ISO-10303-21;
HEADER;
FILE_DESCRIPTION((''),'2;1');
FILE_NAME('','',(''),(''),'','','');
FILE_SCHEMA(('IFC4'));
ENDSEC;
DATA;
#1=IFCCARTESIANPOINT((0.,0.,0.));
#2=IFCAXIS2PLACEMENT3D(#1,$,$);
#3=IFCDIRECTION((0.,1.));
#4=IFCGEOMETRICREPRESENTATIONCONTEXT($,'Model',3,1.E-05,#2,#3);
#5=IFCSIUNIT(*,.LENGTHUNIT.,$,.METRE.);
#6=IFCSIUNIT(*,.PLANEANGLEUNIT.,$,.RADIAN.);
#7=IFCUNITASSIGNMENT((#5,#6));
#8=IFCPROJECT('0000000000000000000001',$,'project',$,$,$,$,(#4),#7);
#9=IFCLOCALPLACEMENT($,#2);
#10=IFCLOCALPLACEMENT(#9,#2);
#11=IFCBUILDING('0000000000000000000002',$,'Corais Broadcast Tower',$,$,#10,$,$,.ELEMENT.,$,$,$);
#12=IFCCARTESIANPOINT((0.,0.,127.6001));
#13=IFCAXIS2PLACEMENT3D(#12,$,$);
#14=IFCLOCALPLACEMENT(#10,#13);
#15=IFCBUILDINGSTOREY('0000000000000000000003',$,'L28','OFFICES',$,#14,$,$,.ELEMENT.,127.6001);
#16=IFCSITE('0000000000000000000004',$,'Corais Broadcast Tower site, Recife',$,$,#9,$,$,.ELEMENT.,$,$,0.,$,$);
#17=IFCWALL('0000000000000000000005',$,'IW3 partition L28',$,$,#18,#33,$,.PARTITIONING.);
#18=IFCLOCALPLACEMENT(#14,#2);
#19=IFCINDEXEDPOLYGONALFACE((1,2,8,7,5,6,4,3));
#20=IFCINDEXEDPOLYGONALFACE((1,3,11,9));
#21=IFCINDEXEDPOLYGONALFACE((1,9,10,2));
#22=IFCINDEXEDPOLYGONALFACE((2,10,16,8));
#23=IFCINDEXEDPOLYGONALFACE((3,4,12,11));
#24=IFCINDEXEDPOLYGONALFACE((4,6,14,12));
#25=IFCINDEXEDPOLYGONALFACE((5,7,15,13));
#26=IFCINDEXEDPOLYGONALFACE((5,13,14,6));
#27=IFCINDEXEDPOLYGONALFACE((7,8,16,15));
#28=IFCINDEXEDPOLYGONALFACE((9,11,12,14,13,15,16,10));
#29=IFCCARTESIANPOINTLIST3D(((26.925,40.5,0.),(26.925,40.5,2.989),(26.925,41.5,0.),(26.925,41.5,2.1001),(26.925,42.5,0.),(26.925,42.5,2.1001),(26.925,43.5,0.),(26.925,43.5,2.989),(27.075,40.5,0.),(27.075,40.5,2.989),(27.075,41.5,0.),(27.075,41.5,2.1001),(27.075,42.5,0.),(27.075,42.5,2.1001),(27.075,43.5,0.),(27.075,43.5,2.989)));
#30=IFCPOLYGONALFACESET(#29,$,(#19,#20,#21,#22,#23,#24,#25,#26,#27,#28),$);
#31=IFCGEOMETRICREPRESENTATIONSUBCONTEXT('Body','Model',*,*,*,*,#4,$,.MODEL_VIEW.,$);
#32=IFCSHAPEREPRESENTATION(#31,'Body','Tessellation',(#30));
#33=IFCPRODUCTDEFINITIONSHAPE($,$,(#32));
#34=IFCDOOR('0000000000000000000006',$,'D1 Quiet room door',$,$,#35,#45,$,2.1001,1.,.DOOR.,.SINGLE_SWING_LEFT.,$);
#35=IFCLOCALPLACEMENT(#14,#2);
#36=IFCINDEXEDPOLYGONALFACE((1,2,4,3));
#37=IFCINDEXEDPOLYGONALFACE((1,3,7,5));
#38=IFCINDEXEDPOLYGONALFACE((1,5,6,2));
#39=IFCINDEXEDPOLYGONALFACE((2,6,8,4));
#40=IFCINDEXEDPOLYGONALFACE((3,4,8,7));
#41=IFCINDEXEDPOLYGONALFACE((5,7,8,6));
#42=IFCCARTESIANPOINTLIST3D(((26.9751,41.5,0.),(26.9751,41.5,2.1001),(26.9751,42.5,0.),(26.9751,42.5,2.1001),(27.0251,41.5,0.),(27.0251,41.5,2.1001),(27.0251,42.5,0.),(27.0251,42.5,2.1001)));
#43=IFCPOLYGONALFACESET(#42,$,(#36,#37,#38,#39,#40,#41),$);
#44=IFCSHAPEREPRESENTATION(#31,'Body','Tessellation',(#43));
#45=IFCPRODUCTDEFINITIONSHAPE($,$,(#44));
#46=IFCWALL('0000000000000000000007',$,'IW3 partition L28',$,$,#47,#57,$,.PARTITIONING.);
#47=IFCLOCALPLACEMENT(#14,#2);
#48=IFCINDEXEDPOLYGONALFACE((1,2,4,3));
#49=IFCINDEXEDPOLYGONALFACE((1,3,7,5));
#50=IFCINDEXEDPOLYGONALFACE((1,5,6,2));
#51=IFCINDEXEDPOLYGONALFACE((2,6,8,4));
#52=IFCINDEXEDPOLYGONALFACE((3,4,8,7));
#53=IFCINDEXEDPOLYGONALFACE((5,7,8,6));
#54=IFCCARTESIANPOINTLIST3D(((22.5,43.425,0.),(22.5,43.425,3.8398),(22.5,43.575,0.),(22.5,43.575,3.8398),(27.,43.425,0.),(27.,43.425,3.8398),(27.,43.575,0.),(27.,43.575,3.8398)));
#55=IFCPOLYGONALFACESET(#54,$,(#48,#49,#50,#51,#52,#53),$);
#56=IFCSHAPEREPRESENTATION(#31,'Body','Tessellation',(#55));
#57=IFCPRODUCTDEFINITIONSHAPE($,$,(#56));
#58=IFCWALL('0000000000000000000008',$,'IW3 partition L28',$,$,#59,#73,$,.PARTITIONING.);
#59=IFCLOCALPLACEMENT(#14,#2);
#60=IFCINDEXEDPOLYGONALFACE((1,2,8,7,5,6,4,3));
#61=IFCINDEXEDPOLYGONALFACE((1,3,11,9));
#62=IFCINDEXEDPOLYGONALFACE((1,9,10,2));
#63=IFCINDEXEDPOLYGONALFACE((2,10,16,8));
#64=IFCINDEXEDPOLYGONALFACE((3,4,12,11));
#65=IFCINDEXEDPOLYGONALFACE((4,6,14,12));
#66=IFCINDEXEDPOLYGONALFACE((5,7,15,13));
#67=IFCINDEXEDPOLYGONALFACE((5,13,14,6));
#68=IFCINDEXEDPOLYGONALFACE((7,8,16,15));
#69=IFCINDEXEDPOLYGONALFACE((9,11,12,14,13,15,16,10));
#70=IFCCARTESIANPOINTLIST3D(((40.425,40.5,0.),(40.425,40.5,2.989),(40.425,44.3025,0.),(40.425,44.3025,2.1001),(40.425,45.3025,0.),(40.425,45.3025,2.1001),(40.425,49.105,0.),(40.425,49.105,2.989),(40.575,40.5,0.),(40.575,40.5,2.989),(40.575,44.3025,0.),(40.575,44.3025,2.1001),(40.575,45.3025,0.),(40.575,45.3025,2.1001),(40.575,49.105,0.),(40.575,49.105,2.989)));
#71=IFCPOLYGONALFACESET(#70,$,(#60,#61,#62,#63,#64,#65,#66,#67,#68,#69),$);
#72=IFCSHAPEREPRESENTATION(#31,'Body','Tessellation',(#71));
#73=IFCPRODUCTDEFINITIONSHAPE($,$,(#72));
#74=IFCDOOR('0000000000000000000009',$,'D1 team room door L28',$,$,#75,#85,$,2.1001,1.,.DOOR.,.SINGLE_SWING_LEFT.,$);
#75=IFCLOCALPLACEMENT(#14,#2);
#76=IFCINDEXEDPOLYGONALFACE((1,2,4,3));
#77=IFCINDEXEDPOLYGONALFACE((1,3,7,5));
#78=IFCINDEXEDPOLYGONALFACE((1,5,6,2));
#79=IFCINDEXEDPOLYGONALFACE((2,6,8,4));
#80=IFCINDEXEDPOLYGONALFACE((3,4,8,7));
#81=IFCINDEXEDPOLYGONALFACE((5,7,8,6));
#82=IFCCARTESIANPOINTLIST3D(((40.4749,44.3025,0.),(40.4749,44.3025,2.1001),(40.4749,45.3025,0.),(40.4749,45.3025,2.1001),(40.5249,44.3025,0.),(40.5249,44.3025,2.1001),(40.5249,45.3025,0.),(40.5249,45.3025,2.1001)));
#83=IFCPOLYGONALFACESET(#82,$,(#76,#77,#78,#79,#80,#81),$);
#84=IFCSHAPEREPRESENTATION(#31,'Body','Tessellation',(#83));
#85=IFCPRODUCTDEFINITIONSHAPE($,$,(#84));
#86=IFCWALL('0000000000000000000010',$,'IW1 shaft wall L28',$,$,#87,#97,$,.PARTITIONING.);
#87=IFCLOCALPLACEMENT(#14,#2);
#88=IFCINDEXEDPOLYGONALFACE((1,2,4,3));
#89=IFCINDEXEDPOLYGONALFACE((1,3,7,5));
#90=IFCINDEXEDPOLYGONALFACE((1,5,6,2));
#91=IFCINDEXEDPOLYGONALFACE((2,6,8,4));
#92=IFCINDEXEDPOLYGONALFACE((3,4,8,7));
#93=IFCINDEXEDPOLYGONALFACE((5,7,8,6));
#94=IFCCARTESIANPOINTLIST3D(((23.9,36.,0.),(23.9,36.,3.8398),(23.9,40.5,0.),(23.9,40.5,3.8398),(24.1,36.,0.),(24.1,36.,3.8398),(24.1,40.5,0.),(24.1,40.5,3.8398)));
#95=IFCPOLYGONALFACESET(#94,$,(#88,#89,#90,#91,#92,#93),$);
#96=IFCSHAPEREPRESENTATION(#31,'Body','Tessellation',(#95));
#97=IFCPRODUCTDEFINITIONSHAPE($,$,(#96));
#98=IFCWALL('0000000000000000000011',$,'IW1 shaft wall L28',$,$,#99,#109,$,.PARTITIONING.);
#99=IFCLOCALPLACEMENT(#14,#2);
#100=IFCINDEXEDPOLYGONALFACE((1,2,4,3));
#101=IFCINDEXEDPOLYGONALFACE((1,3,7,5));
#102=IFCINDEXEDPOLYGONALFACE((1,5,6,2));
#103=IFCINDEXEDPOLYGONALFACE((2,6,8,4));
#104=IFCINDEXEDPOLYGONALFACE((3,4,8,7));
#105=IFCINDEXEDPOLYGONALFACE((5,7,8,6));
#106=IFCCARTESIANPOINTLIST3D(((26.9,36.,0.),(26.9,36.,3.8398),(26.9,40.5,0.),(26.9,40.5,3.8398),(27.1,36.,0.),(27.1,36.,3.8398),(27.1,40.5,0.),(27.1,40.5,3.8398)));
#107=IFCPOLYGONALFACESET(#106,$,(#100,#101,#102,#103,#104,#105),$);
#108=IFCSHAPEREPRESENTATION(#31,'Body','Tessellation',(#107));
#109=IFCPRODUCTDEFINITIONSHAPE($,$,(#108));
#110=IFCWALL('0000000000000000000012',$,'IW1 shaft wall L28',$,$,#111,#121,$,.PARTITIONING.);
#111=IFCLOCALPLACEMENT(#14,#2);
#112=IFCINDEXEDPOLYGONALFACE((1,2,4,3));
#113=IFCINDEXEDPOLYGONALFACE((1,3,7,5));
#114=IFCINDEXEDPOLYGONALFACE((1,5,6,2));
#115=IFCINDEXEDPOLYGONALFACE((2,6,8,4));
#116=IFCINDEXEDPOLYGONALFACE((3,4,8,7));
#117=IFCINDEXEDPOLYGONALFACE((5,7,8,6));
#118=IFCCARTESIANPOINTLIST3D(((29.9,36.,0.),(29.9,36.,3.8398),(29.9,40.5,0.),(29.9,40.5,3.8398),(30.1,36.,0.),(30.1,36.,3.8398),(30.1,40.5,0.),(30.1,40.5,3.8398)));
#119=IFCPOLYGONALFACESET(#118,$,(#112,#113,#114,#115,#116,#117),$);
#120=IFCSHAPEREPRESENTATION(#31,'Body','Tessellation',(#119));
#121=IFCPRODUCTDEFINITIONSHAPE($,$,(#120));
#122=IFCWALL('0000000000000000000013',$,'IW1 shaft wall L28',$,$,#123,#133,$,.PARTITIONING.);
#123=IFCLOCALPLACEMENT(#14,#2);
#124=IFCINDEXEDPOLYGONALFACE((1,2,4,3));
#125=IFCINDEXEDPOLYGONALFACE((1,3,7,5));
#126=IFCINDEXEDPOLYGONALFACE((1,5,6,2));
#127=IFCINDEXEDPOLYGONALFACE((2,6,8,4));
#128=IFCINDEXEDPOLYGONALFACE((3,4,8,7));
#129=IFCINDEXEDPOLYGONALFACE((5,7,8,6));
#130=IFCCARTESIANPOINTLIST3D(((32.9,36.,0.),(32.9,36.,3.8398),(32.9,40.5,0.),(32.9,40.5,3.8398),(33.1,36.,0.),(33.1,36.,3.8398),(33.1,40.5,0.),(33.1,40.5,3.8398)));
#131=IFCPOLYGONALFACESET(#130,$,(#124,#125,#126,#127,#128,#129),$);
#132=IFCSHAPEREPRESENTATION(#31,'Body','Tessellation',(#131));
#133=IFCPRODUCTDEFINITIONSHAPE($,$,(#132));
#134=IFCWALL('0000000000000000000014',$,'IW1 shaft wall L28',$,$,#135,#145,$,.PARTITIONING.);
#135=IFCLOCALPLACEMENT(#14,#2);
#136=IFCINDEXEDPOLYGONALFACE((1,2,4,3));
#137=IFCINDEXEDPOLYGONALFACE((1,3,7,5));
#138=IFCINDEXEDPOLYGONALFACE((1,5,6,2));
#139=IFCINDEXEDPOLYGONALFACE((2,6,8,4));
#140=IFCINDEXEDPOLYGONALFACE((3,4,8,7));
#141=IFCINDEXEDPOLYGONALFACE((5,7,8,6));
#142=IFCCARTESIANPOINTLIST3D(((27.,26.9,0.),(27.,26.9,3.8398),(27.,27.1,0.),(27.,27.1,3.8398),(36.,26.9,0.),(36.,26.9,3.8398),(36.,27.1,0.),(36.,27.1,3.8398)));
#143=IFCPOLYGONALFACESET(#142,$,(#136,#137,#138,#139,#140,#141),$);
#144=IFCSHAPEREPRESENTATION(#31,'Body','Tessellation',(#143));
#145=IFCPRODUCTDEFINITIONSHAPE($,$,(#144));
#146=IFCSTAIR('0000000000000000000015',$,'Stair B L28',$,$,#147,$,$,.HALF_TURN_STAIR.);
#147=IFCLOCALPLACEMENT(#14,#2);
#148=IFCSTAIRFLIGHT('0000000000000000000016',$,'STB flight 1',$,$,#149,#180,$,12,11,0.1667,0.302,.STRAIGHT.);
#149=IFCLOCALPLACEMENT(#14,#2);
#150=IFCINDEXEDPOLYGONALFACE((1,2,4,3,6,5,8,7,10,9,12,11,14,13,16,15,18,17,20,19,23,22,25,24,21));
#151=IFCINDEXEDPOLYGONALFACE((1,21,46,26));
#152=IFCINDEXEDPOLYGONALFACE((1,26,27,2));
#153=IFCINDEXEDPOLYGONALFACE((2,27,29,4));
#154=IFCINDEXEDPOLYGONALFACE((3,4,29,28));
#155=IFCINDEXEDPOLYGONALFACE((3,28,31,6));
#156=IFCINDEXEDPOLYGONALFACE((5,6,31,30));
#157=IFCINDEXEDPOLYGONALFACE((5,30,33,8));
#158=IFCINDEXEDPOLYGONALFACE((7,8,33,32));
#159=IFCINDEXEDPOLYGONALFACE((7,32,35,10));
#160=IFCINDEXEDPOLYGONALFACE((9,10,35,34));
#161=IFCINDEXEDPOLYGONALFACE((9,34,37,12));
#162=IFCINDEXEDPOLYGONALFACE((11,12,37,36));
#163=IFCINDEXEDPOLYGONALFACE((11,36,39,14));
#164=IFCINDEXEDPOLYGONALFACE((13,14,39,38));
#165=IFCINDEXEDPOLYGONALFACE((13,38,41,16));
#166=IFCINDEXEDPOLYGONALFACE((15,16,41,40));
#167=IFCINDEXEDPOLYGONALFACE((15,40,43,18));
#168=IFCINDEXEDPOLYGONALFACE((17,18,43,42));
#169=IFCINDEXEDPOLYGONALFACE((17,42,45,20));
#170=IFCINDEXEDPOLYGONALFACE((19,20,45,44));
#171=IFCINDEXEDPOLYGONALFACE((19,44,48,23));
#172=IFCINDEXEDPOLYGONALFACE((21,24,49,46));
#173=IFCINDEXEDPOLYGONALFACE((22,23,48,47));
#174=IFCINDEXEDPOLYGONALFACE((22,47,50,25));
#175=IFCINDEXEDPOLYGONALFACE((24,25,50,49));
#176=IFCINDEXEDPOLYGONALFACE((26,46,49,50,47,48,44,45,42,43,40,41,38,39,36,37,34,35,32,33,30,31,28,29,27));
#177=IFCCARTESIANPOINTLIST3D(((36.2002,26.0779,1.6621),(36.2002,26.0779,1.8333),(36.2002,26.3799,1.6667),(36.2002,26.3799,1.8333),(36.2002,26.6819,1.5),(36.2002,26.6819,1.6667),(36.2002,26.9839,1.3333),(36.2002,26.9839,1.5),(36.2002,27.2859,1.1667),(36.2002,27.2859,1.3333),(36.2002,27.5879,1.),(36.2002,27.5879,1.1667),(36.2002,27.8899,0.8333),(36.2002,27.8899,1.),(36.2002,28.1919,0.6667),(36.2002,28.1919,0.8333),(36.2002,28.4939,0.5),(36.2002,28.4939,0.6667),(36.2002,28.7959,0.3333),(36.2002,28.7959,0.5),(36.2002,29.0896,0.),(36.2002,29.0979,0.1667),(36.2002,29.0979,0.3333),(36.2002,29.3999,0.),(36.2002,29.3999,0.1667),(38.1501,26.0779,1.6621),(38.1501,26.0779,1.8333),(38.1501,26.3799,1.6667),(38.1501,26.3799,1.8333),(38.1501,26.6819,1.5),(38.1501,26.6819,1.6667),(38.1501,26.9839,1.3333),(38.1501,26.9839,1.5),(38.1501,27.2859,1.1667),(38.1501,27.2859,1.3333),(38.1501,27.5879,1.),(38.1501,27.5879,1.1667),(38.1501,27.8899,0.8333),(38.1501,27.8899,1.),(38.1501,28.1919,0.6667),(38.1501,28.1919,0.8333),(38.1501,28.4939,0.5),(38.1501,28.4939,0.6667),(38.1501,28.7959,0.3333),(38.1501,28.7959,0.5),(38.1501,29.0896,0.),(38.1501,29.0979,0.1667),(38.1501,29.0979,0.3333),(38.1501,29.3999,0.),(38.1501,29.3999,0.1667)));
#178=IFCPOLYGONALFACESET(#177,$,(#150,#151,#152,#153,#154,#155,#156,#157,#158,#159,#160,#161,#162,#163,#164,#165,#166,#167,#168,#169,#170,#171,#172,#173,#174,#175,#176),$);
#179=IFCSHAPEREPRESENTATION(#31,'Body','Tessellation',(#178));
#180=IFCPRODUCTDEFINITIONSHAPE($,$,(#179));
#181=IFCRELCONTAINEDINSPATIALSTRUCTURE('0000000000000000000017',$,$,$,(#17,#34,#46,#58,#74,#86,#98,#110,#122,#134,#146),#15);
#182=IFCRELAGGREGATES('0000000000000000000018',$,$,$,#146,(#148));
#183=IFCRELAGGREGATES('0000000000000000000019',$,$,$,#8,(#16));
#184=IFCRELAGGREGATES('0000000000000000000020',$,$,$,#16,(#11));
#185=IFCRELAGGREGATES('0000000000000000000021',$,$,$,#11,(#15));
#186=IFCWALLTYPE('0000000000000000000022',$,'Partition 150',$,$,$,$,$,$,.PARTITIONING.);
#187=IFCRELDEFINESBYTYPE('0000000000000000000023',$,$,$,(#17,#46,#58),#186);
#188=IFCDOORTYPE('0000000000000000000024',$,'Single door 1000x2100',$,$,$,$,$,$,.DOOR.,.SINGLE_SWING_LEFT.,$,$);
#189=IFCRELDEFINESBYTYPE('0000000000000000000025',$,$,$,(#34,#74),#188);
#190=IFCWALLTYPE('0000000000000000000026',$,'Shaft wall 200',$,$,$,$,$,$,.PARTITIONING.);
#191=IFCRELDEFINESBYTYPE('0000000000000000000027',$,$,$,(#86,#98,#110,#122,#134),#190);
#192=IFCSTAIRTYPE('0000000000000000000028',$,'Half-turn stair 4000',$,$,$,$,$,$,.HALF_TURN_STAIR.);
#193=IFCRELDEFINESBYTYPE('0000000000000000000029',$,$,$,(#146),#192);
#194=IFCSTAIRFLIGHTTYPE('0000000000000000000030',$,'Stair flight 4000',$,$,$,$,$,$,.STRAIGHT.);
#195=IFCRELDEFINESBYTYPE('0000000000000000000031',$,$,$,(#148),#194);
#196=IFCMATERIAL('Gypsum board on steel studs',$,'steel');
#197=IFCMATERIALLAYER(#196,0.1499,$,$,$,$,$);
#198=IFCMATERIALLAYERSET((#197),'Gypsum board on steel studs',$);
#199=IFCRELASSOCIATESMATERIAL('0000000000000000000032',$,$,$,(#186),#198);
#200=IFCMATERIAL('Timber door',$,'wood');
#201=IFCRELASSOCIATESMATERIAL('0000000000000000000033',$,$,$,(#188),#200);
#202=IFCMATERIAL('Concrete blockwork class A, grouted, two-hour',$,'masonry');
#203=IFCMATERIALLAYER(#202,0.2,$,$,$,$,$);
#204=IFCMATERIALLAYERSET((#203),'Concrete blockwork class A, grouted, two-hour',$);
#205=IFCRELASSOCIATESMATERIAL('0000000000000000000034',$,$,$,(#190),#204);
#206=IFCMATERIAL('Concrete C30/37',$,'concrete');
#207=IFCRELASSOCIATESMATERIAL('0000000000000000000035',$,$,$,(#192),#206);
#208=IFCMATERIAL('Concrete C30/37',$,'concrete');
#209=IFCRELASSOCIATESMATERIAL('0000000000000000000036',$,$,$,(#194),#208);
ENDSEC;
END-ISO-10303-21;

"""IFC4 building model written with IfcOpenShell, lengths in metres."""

from ifc_helpers import new_model, si_unit, direction, frame, frame_2d, origin, place, context, subcontext, project, spatial, polyline, rectangle, outline, extrude, material, layer, layer_set, type_object, element, fill, aggregate, save


model = new_model("IFC4")

# Units and contexts
model_context = context("Model", 3, precision=1e-05, world=origin(), true_north=direction((0.0, 1.0)))
body_context = subcontext(model_context, "Body", "Model", "MODEL_VIEW")
ifc_project = project(units=[si_unit("LENGTHUNIT", "METRE"), si_unit("PLANEANGLEUNIT", "RADIAN")], contexts=[model_context])

# Site, building, storey
site_placement = place(None, origin())
site = spatial("IfcSite", under=ifc_project, at=site_placement, Name="Corais Broadcast Tower site, Recife", CompositionType="ELEMENT", RefElevation=0.0)
building_placement = place(site_placement, origin())
building = spatial("IfcBuilding", under=site, at=building_placement, Name="Corais Broadcast Tower", CompositionType="ELEMENT")
storey_placement = place(building_placement, frame((0.0, 0.0, 127.6001)))
storey = spatial("IfcBuildingStorey", under=building, at=storey_placement, Name="L28", Description="OFFICES", CompositionType="ELEMENT", Elevation=127.6001)

# Shared definitions
ifc_material_1 = material(Name="Gypsum board on steel studs", Category="steel")
ifc_layer_1 = layer(ifc_material_1, 0.1499)
ifc_layer_set_1 = layer_set([ifc_layer_1], Name="Gypsum board on steel studs")
wall_type_1 = type_object("IfcWallType", Name="Partition 150", PredefinedType="PARTITIONING", material=ifc_layer_set_1)

# Wall, opening, door
ifc_material_2 = material(Name="Timber door", Category="wood")
door_type = type_object("IfcDoorType", Name="Single door 1000x2100", OperationType="SINGLE_SWING_LEFT", PredefinedType="DOOR", material=ifc_material_2)
wall_1_placement = place(storey_placement, frame((27.0, 40.5, 0.0), z_axis=(0.0, 0.0, 1.0), x_axis=(0.0, 1.0, 0.0)))
wall_1 = element("IfcWall", 1, at=wall_1_placement, inside=storey, type_object=wall_type_1, Name="IW3 partition L28", PredefinedType="PARTITIONING", context=body_context, shape_type="SweptSolid", body=[
    extrude(rectangle(XDim=3.0, YDim=0.1499, at=frame_2d((1.5, 0.0))), origin(), (0.0, 0.0, 1.0), 2.989),
])
opening_1_placement = place(wall_1_placement, frame((1.0, 0.0, 0.0)))
opening_1 = element("IfcOpeningElement", 2, at=opening_1_placement, cuts=wall_1, PredefinedType="OPENING", context=body_context, shape_type="SweptSolid", body=[
    extrude(rectangle(XDim=1.0, YDim=2.1001, at=frame_2d((0.5, 1.05))), frame((0.0, 0.085, 0.0), z_axis=(0.0, -1.0, 0.0), x_axis=(1.0, 0.0, 0.0)), (0.0, 0.0, 1.0), 0.1699),
])
door_1_placement = place(opening_1_placement, origin())
door_1 = element("IfcDoor", 3, at=door_1_placement, inside=storey, type_object=door_type, Name="D1 Quiet room door", OperationType="SINGLE_SWING_LEFT", OverallHeight=2.1001, OverallWidth=1.0, PredefinedType="DOOR", context=body_context, shape_type="SweptSolid", body=[
    extrude(rectangle(XDim=1.0, YDim=2.1001, at=frame_2d((0.5, 1.05))), frame((0.0, 0.0249, 0.0), z_axis=(0.0, -1.0, 0.0), x_axis=(1.0, 0.0, 0.0)), (0.0, 0.0, 1.0), 0.05),
])
fill(opening_1, door_1)

# Wall
wall_2_placement = place(storey_placement, frame((27.0, 43.5, 0.0), z_axis=(0.0, 0.0, 1.0), x_axis=(-1.0, 0.0, 0.0)))
element("IfcWall", 4, at=wall_2_placement, inside=storey, type_object=wall_type_1, Name="IW3 partition L28", PredefinedType="PARTITIONING", context=body_context, shape_type="SweptSolid", body=[
    extrude(rectangle(XDim=4.5, YDim=0.1499, at=frame_2d((2.25, 0.0))), origin(), (0.0, 0.0, 1.0), 3.8398),
])

# Wall, opening, door
wall_3_placement = place(storey_placement, frame((40.5, 49.105, 0.0), z_axis=(0.0, 0.0, 1.0), x_axis=(0.0, -1.0, 0.0)))
wall_3 = element("IfcWall", 5, at=wall_3_placement, inside=storey, type_object=wall_type_1, Name="IW3 partition L28", PredefinedType="PARTITIONING", context=body_context, shape_type="SweptSolid", body=[
    extrude(rectangle(XDim=8.605, YDim=0.1499, at=frame_2d((4.3025, 0.0))), origin(), (0.0, 0.0, 1.0), 2.989),
])
opening_2_placement = place(wall_3_placement, frame((3.8025, 0.0, 0.0)))
opening_2 = element("IfcOpeningElement", 6, at=opening_2_placement, cuts=wall_3, PredefinedType="OPENING", context=body_context, shape_type="SweptSolid", body=[
    extrude(rectangle(XDim=1.0, YDim=2.1001, at=frame_2d((0.5, 1.05))), frame((0.0, 0.085, 0.0), z_axis=(0.0, -1.0, 0.0), x_axis=(1.0, 0.0, 0.0)), (0.0, 0.0, 1.0), 0.1699),
])
door_2_placement = place(opening_2_placement, origin())
door_2 = element("IfcDoor", 7, at=door_2_placement, inside=storey, type_object=door_type, Name="D1 team room door L28", OperationType="SINGLE_SWING_LEFT", OverallHeight=2.1001, OverallWidth=1.0, PredefinedType="DOOR", context=body_context, shape_type="SweptSolid", body=[
    extrude(rectangle(XDim=1.0, YDim=2.1001, at=frame_2d((0.5, 1.05))), frame((0.0, 0.0249, 0.0), z_axis=(0.0, -1.0, 0.0), x_axis=(1.0, 0.0, 0.0)), (0.0, 0.0, 1.0), 0.05),
])
fill(opening_2, door_2)

# Walls
ifc_material_3 = material(Name="Concrete blockwork class A, grouted, two-hour", Category="masonry")
ifc_layer_2 = layer(ifc_material_3, 0.2)
ifc_layer_set_2 = layer_set([ifc_layer_2], Name="Concrete blockwork class A, grouted, two-hour")
wall_type_2 = type_object("IfcWallType", Name="Shaft wall 200", PredefinedType="PARTITIONING", material=ifc_layer_set_2)
for number, where, z_axis, x_axis, name in (
    (8, (24.0, 36.0, 0.0), (0.0, 0.0, 1.0), (0.0, 1.0, 0.0), "IW1 shaft wall L28"),
    (9, (27.0, 36.0, 0.0), (0.0, 0.0, 1.0), (0.0, 1.0, 0.0), "IW1 shaft wall L28"),
    (10, (30.0, 36.0, 0.0), (0.0, 0.0, 1.0), (0.0, 1.0, 0.0), "IW1 shaft wall L28"),
    (11, (33.0, 36.0, 0.0), (0.0, 0.0, 1.0), (0.0, 1.0, 0.0), "IW1 shaft wall L28"),
):
    element("IfcWall", number, at=place(storey_placement, frame(where, z_axis=z_axis, x_axis=x_axis)), inside=storey, type_object=wall_type_2, Name=name, PredefinedType="PARTITIONING", context=body_context, shape_type="SweptSolid", body=[
        extrude(rectangle(XDim=4.5, YDim=0.2, at=frame_2d((2.25, 0.0))), origin(), (0.0, 0.0, 1.0), 3.8398),
    ])
wall_4_placement = place(storey_placement, frame((27.0, 27.0, 0.0), z_axis=(0.0, 0.0, 1.0), x_axis=(1.0, 0.0, 0.0)))
element("IfcWall", 12, at=wall_4_placement, inside=storey, type_object=wall_type_2, Name="IW1 shaft wall L28", PredefinedType="PARTITIONING", context=body_context, shape_type="SweptSolid", body=[
    extrude(rectangle(XDim=9.0, YDim=0.2, at=frame_2d((4.5, 0.0))), origin(), (0.0, 0.0, 1.0), 3.8398),
])

# Stair, stair flight
ifc_material_4 = material(Name="Concrete C30/37", Category="concrete")
stair_type = type_object("IfcStairType", Name="Half-turn stair 4000", PredefinedType="HALF_TURN_STAIR", material=ifc_material_4)
stair_placement = place(storey_placement, origin())
stair = element("IfcStair", 13, at=stair_placement, inside=storey, type_object=stair_type, Name="Stair B L28", PredefinedType="HALF_TURN_STAIR")
ifc_material_5 = material(Name="Concrete C30/37", Category="concrete")
stair_flight_type = type_object("IfcStairFlightType", Name="Stair flight 4000", PredefinedType="STRAIGHT", material=ifc_material_5)
stair_flight_placement = place(storey_placement, frame((37.175, 29.3999, 0.0), z_axis=(0.0, 0.0, 1.0), x_axis=(0.0, -1.0, 0.0)))
stair_flight = element("IfcStairFlight", 14, at=stair_flight_placement, type_object=stair_flight_type, Name="STB flight 1", NumberOfRisers=12, NumberOfTreads=11, PredefinedType="STRAIGHT", RiserHeight=0.1667, TreadLength=0.302, context=body_context, shape_type="SweptSolid", body=[
    extrude(outline(polyline([(0.0, 0.0), (0.0, 0.1667), (0.302, 0.1667), (0.302, 0.3333), (0.604, 0.3333), (0.604, 0.5), (0.906, 0.5), (0.906, 0.6667), (1.208, 0.6667), (1.208, 0.8333), (1.51, 0.8333), (1.51, 1.0), (1.812, 1.0), (1.812, 1.1667), (2.114, 1.1667), (2.114, 1.3333), (2.416, 1.3333), (2.416, 1.5), (2.718, 1.5), (2.718, 1.6667), (3.02, 1.6667), (3.02, 1.8333), (3.322, 1.8333), (3.322, 2.0), (3.322, 1.6621), (0.3103, 0.0), (0.0, 0.0)])), frame((0.0, 0.9751, 0.0), z_axis=(0.0, -1.0, 0.0), x_axis=(1.0, 0.0, 0.0)), (0.0, 0.0, 1.0), 1.95),
])
aggregate(stair, [stair_flight])

save(model, "model.ifc")
